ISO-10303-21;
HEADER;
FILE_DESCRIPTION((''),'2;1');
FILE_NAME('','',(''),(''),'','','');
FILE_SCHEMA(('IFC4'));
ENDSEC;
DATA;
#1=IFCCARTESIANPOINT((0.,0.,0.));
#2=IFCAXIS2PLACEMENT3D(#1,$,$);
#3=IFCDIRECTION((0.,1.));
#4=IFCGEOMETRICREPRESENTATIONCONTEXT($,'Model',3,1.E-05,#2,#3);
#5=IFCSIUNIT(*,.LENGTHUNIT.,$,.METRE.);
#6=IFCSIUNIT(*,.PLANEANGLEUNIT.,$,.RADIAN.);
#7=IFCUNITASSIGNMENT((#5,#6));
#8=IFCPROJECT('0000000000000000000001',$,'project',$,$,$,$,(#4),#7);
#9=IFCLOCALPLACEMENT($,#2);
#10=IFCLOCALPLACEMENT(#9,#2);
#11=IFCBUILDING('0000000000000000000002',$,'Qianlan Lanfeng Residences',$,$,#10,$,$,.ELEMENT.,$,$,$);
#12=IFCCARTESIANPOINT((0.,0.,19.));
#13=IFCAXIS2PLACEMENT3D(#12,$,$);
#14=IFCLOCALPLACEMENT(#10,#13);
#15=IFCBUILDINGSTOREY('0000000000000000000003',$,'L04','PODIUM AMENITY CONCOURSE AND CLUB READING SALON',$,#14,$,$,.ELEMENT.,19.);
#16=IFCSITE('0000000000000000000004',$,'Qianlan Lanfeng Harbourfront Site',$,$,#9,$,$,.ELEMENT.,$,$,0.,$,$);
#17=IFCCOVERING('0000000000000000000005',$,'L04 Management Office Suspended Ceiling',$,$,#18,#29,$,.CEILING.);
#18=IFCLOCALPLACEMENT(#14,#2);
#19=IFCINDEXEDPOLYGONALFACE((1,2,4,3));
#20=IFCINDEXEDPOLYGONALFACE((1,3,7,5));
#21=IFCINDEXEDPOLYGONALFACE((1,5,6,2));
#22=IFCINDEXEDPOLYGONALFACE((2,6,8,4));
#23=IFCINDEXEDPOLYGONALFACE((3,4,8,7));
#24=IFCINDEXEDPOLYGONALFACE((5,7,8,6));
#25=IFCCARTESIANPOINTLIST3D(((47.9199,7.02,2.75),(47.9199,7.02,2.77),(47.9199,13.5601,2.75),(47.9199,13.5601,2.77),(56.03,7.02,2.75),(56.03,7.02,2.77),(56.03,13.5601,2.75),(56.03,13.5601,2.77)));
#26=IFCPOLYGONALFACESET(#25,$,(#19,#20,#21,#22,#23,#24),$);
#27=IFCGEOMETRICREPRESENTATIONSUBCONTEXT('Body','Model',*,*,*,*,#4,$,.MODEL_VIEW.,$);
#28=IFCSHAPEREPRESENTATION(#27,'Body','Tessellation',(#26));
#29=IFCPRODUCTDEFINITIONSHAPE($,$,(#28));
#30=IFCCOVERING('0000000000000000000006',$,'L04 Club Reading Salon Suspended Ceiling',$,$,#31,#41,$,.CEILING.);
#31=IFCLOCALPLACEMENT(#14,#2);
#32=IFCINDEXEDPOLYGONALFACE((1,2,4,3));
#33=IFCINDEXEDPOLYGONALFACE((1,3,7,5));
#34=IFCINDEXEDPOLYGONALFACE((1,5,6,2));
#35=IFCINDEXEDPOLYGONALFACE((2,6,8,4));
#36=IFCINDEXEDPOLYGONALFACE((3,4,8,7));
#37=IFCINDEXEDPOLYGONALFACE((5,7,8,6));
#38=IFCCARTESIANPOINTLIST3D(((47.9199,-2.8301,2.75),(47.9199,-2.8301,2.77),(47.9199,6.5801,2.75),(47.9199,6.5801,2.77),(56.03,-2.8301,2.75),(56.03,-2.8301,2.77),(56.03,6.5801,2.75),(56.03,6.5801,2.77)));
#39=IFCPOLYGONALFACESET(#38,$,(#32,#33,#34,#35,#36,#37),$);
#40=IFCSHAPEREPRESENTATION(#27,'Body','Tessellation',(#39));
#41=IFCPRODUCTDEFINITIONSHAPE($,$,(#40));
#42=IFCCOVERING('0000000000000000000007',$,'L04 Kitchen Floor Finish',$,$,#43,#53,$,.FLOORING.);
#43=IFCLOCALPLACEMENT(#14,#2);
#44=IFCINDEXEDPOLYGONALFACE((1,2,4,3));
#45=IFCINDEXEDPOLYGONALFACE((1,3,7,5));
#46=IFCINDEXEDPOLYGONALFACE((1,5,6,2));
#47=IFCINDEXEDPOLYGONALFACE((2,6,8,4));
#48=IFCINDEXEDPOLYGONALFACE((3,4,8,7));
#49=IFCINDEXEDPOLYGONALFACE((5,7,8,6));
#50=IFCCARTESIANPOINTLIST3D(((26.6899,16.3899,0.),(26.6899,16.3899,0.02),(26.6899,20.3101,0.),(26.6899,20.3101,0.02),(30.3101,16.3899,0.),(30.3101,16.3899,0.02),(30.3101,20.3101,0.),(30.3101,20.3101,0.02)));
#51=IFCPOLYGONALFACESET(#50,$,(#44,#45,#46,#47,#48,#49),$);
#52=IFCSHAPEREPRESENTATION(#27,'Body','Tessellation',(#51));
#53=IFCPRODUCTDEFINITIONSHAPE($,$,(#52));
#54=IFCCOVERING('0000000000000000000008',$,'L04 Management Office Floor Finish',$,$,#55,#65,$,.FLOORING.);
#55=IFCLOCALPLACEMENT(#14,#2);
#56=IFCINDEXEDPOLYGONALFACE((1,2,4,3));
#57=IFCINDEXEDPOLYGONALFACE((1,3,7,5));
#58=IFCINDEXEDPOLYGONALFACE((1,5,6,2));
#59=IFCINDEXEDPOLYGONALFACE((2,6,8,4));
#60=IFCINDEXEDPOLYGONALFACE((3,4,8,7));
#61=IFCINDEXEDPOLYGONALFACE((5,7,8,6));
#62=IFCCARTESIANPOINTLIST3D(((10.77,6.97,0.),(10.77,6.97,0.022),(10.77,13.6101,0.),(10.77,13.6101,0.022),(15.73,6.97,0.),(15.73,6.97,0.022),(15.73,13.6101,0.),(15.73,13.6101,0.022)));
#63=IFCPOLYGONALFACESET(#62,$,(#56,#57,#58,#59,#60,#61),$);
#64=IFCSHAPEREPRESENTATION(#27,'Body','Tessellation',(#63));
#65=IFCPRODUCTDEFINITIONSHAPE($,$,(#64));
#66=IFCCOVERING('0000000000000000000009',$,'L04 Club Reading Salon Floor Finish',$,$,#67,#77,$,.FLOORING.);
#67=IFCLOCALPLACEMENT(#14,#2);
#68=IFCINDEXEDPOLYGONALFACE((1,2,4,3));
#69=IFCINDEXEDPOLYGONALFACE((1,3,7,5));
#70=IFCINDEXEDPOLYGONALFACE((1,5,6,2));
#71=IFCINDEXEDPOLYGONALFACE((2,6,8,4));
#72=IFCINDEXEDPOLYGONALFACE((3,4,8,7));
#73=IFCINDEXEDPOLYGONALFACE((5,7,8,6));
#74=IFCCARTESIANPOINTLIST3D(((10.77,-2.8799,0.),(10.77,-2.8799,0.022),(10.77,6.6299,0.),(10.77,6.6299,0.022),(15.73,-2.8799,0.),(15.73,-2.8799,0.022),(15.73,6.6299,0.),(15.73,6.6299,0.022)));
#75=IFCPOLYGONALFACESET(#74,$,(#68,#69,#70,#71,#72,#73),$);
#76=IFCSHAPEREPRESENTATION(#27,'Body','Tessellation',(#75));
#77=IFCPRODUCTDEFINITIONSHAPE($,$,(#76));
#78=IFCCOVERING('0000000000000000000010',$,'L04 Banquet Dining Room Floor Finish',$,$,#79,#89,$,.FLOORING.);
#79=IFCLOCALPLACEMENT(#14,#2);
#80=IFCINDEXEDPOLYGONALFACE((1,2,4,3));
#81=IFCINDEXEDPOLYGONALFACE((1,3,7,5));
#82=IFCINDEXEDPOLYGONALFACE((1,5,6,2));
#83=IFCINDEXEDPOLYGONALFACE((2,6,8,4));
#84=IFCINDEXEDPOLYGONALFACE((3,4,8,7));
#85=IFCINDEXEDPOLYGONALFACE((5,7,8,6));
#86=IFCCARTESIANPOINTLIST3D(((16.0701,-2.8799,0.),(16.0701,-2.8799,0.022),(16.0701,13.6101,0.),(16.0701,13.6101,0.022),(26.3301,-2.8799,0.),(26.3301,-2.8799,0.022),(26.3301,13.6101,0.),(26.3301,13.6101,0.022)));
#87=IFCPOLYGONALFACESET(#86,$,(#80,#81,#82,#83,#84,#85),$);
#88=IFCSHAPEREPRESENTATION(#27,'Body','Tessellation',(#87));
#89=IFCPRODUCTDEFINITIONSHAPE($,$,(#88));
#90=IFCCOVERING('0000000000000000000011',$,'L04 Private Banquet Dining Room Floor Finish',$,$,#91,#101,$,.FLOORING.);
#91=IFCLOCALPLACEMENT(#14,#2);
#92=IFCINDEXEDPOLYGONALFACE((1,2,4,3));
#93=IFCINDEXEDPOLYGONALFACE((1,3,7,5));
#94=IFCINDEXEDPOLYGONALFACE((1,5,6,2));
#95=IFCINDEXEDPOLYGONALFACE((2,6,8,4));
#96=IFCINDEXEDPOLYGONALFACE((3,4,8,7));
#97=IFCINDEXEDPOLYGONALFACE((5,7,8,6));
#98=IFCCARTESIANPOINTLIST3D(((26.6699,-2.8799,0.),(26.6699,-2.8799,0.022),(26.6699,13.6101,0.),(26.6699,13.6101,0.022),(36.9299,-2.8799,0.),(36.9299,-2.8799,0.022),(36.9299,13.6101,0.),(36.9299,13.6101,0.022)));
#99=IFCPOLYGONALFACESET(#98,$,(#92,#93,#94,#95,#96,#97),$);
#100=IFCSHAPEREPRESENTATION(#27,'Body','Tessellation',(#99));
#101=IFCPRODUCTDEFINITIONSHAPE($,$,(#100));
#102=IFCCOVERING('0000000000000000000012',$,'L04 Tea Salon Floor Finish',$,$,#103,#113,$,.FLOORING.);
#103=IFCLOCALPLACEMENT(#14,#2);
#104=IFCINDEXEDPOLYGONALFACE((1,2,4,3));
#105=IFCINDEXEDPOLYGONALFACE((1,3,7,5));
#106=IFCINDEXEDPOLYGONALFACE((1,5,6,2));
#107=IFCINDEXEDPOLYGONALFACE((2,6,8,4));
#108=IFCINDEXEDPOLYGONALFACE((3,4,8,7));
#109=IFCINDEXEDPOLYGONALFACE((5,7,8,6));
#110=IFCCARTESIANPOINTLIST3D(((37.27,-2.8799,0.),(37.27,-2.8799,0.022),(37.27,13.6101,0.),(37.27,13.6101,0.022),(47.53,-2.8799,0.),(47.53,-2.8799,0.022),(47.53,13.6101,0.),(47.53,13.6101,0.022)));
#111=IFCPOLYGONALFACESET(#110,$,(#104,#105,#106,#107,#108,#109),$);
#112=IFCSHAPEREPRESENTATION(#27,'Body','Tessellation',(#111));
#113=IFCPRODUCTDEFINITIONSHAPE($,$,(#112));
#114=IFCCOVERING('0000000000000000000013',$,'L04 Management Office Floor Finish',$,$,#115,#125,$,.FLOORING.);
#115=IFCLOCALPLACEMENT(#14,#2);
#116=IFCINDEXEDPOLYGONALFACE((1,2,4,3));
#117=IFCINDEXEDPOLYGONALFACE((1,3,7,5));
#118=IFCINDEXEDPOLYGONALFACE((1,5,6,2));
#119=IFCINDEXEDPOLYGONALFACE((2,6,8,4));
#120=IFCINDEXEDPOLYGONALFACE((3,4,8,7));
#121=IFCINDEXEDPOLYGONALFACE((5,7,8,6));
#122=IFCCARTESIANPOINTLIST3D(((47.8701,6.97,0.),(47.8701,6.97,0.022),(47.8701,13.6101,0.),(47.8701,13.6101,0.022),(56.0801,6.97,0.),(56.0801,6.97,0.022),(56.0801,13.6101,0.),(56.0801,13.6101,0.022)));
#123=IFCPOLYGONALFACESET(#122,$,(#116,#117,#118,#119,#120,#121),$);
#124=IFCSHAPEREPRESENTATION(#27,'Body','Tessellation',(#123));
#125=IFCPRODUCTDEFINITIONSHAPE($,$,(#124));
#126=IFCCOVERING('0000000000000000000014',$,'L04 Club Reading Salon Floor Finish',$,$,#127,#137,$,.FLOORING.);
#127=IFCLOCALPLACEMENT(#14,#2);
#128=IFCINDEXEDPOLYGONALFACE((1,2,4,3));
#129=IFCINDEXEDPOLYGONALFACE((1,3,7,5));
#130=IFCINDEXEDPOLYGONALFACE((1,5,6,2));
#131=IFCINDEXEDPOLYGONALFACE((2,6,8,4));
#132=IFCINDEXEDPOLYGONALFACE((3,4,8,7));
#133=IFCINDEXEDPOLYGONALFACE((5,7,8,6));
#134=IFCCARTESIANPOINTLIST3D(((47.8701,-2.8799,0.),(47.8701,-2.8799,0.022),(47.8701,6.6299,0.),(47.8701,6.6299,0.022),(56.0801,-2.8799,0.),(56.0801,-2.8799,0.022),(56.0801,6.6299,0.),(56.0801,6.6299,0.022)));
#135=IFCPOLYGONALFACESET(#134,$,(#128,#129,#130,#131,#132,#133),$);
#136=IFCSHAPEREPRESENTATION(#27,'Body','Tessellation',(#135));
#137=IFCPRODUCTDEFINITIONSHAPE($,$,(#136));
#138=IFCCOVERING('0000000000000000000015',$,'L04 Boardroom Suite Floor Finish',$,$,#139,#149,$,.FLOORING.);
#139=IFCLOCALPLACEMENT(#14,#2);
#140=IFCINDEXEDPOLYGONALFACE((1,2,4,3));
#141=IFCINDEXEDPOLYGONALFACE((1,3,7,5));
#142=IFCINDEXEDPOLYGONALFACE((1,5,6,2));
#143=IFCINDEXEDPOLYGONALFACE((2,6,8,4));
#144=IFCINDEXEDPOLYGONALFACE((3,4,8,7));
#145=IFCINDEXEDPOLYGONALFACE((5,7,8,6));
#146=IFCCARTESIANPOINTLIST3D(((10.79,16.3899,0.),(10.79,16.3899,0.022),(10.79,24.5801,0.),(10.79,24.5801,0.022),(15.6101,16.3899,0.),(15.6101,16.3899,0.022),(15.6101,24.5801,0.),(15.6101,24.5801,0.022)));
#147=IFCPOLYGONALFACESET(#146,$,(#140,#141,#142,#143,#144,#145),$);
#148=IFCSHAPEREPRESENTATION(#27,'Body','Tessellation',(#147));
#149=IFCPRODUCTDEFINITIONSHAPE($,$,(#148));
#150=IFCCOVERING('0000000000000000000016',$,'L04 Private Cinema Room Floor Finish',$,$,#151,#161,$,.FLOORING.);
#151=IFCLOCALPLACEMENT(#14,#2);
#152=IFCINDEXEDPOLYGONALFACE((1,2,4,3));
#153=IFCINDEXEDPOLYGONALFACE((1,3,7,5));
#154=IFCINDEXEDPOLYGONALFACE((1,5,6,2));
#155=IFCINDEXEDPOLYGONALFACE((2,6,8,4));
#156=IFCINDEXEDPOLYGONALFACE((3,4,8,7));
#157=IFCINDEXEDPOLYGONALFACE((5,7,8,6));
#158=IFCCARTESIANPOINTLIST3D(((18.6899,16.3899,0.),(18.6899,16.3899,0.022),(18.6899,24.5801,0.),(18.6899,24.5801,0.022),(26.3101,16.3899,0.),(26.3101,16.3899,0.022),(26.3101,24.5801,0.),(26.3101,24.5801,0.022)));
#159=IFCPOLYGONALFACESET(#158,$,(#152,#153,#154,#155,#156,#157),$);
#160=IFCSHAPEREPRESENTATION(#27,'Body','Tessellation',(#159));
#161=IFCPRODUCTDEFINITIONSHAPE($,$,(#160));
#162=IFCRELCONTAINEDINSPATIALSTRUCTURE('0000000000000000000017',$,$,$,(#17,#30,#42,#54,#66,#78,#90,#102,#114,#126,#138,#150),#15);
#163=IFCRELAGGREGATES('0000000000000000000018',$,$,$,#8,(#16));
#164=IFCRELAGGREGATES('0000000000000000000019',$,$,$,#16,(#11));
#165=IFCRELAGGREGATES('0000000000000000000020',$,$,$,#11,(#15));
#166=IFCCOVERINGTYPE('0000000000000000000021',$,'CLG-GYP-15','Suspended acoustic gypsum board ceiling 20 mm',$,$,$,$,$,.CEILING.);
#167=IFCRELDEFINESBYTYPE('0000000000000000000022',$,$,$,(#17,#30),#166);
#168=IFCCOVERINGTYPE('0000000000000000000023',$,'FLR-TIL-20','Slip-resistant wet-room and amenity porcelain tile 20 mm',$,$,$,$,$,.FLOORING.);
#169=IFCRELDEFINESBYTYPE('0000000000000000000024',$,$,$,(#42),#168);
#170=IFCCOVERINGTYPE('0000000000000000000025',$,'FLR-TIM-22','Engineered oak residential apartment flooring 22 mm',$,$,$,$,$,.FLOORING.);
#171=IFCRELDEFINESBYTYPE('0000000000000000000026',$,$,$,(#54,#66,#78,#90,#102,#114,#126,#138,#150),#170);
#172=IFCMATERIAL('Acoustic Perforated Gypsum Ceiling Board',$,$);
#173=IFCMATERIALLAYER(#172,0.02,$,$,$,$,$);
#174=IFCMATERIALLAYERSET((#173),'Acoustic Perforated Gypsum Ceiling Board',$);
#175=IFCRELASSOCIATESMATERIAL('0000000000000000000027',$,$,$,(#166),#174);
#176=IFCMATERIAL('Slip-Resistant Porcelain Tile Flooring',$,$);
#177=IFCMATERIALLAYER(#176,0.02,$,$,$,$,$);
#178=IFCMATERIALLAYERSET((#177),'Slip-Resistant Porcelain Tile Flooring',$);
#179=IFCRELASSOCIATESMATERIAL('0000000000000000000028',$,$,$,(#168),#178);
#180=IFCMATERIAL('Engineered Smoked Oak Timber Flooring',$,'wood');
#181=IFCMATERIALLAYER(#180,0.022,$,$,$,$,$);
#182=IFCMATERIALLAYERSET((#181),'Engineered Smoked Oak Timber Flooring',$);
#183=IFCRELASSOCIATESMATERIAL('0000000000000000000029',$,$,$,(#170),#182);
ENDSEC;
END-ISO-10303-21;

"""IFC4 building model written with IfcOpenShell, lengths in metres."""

from ifc_helpers import new_model, si_unit, direction, frame, origin, place, context, subcontext, project, spatial, polyline, outline, extrude, material, layer, layer_set, type_object, element, save


model = new_model("IFC4")

# Units and contexts
model_context = context("Model", 3, precision=1e-05, world=origin(), true_north=direction((0.0, 1.0)))
body_context = subcontext(model_context, "Body", "Model", "MODEL_VIEW")
ifc_project = project(units=[si_unit("LENGTHUNIT", "METRE"), si_unit("PLANEANGLEUNIT", "RADIAN")], contexts=[model_context])

# Site, building, storey
site_placement = place(None, origin())
site = spatial("IfcSite", under=ifc_project, at=site_placement, Name="Qianlan Lanfeng Harbourfront Site", CompositionType="ELEMENT", RefElevation=0.0)
building_placement = place(site_placement, origin())
building = spatial("IfcBuilding", under=site, at=building_placement, Name="Qianlan Lanfeng Residences", CompositionType="ELEMENT")
storey_placement = place(building_placement, frame((0.0, 0.0, 19.0)))
storey = spatial("IfcBuildingStorey", under=building, at=storey_placement, Name="L04", Description="PODIUM AMENITY CONCOURSE AND CLUB READING SALON", CompositionType="ELEMENT", Elevation=19.0)

# Coverings
ifc_material_1 = material(Name="Acoustic Perforated Gypsum Ceiling Board")
ifc_layer_1 = layer(ifc_material_1, 0.02)
ifc_layer_set_1 = layer_set([ifc_layer_1], Name="Acoustic Perforated Gypsum Ceiling Board")
covering_type_1 = type_object("IfcCoveringType", Name="CLG-GYP-15", Description="Suspended acoustic gypsum board ceiling 20 mm", PredefinedType="CEILING", material=ifc_layer_set_1)
covering_1_placement = place(storey_placement, frame((0.0, 0.0, 2.75)))
element("IfcCovering", 1, at=covering_1_placement, inside=storey, type_object=covering_type_1, Name="L04 Management Office Suspended Ceiling", PredefinedType="CEILING", context=body_context, shape_type="SweptSolid", body=[
    extrude(outline(polyline([(47.9199, 7.02), (56.03, 7.02), (56.03, 13.5601), (47.9199, 13.5601), (47.9199, 7.02)])), origin(), (0.0, 0.0, 1.0), 0.02),
])
covering_2_placement = place(storey_placement, frame((0.0, 0.0, 2.75)))
element("IfcCovering", 2, at=covering_2_placement, inside=storey, type_object=covering_type_1, Name="L04 Club Reading Salon Suspended Ceiling", PredefinedType="CEILING", context=body_context, shape_type="SweptSolid", body=[
    extrude(outline(polyline([(47.9199, -2.8301), (56.03, -2.8301), (56.03, 6.5801), (47.9199, 6.5801), (47.9199, -2.8301)])), origin(), (0.0, 0.0, 1.0), 0.02),
])
ifc_material_2 = material(Name="Slip-Resistant Porcelain Tile Flooring")
ifc_layer_2 = layer(ifc_material_2, 0.02)
ifc_layer_set_2 = layer_set([ifc_layer_2], Name="Slip-Resistant Porcelain Tile Flooring")
covering_type_2 = type_object("IfcCoveringType", Name="FLR-TIL-20", Description="Slip-resistant wet-room and amenity porcelain tile 20 mm", PredefinedType="FLOORING", material=ifc_layer_set_2)
covering_3_placement = place(storey_placement, origin())
element("IfcCovering", 3, at=covering_3_placement, inside=storey, type_object=covering_type_2, Name="L04 Kitchen Floor Finish", PredefinedType="FLOORING", context=body_context, shape_type="SweptSolid", body=[
    extrude(outline(polyline([(26.6899, 16.3899), (30.3101, 16.3899), (30.3101, 20.3101), (26.6899, 20.3101), (26.6899, 16.3899)])), origin(), (0.0, 0.0, 1.0), 0.02),
])
ifc_material_3 = material(Name="Engineered Smoked Oak Timber Flooring", Category="wood")
ifc_layer_3 = layer(ifc_material_3, 0.022)
ifc_layer_set_3 = layer_set([ifc_layer_3], Name="Engineered Smoked Oak Timber Flooring")
covering_type_3 = type_object("IfcCoveringType", Name="FLR-TIM-22", Description="Engineered oak residential apartment flooring 22 mm", PredefinedType="FLOORING", material=ifc_layer_set_3)
covering_4_placement = place(storey_placement, origin())
element("IfcCovering", 4, at=covering_4_placement, inside=storey, type_object=covering_type_3, Name="L04 Management Office Floor Finish", PredefinedType="FLOORING", context=body_context, shape_type="SweptSolid", body=[
    extrude(outline(polyline([(10.77, 6.97), (15.73, 6.97), (15.73, 13.6101), (10.77, 13.6101), (10.77, 6.97)])), origin(), (0.0, 0.0, 1.0), 0.022),
])
covering_5_placement = place(storey_placement, origin())
element("IfcCovering", 5, at=covering_5_placement, inside=storey, type_object=covering_type_3, Name="L04 Club Reading Salon Floor Finish", PredefinedType="FLOORING", context=body_context, shape_type="SweptSolid", body=[
    extrude(outline(polyline([(10.77, -2.8799), (15.73, -2.8799), (15.73, 6.6299), (10.77, 6.6299), (10.77, -2.8799)])), origin(), (0.0, 0.0, 1.0), 0.022),
])
covering_6_placement = place(storey_placement, origin())
element("IfcCovering", 6, at=covering_6_placement, inside=storey, type_object=covering_type_3, Name="L04 Banquet Dining Room Floor Finish", PredefinedType="FLOORING", context=body_context, shape_type="SweptSolid", body=[
    extrude(outline(polyline([(16.0701, -2.8799), (26.3301, -2.8799), (26.3301, 13.6101), (16.0701, 13.6101), (16.0701, -2.8799)])), origin(), (0.0, 0.0, 1.0), 0.022),
])
covering_7_placement = place(storey_placement, origin())
element("IfcCovering", 7, at=covering_7_placement, inside=storey, type_object=covering_type_3, Name="L04 Private Banquet Dining Room Floor Finish", PredefinedType="FLOORING", context=body_context, shape_type="SweptSolid", body=[
    extrude(outline(polyline([(26.6699, -2.8799), (36.9299, -2.8799), (36.9299, 13.6101), (26.6699, 13.6101), (26.6699, -2.8799)])), origin(), (0.0, 0.0, 1.0), 0.022),
])
covering_8_placement = place(storey_placement, origin())
element("IfcCovering", 8, at=covering_8_placement, inside=storey, type_object=covering_type_3, Name="L04 Tea Salon Floor Finish", PredefinedType="FLOORING", context=body_context, shape_type="SweptSolid", body=[
    extrude(outline(polyline([(37.27, -2.8799), (47.53, -2.8799), (47.53, 13.6101), (37.27, 13.6101), (37.27, -2.8799)])), origin(), (0.0, 0.0, 1.0), 0.022),
])
covering_9_placement = place(storey_placement, origin())
element("IfcCovering", 9, at=covering_9_placement, inside=storey, type_object=covering_type_3, Name="L04 Management Office Floor Finish", PredefinedType="FLOORING", context=body_context, shape_type="SweptSolid", body=[
    extrude(outline(polyline([(47.8701, 6.97), (56.0801, 6.97), (56.0801, 13.6101), (47.8701, 13.6101), (47.8701, 6.97)])), origin(), (0.0, 0.0, 1.0), 0.022),
])
covering_10_placement = place(storey_placement, origin())
element("IfcCovering", 10, at=covering_10_placement, inside=storey, type_object=covering_type_3, Name="L04 Club Reading Salon Floor Finish", PredefinedType="FLOORING", context=body_context, shape_type="SweptSolid", body=[
    extrude(outline(polyline([(47.8701, -2.8799), (56.0801, -2.8799), (56.0801, 6.6299), (47.8701, 6.6299), (47.8701, -2.8799)])), origin(), (0.0, 0.0, 1.0), 0.022),
])
covering_11_placement = place(storey_placement, origin())
element("IfcCovering", 11, at=covering_11_placement, inside=storey, type_object=covering_type_3, Name="L04 Boardroom Suite Floor Finish", PredefinedType="FLOORING", context=body_context, shape_type="SweptSolid", body=[
    extrude(outline(polyline([(10.79, 16.3899), (15.6101, 16.3899), (15.6101, 24.5801), (10.79, 24.5801), (10.79, 16.3899)])), origin(), (0.0, 0.0, 1.0), 0.022),
])
covering_12_placement = place(storey_placement, origin())
element("IfcCovering", 12, at=covering_12_placement, inside=storey, type_object=covering_type_3, Name="L04 Private Cinema Room Floor Finish", PredefinedType="FLOORING", context=body_context, shape_type="SweptSolid", body=[
    extrude(outline(polyline([(18.6899, 16.3899), (26.3101, 16.3899), (26.3101, 24.5801), (18.6899, 24.5801), (18.6899, 16.3899)])), origin(), (0.0, 0.0, 1.0), 0.022),
])

save(model, "model.ifc")
